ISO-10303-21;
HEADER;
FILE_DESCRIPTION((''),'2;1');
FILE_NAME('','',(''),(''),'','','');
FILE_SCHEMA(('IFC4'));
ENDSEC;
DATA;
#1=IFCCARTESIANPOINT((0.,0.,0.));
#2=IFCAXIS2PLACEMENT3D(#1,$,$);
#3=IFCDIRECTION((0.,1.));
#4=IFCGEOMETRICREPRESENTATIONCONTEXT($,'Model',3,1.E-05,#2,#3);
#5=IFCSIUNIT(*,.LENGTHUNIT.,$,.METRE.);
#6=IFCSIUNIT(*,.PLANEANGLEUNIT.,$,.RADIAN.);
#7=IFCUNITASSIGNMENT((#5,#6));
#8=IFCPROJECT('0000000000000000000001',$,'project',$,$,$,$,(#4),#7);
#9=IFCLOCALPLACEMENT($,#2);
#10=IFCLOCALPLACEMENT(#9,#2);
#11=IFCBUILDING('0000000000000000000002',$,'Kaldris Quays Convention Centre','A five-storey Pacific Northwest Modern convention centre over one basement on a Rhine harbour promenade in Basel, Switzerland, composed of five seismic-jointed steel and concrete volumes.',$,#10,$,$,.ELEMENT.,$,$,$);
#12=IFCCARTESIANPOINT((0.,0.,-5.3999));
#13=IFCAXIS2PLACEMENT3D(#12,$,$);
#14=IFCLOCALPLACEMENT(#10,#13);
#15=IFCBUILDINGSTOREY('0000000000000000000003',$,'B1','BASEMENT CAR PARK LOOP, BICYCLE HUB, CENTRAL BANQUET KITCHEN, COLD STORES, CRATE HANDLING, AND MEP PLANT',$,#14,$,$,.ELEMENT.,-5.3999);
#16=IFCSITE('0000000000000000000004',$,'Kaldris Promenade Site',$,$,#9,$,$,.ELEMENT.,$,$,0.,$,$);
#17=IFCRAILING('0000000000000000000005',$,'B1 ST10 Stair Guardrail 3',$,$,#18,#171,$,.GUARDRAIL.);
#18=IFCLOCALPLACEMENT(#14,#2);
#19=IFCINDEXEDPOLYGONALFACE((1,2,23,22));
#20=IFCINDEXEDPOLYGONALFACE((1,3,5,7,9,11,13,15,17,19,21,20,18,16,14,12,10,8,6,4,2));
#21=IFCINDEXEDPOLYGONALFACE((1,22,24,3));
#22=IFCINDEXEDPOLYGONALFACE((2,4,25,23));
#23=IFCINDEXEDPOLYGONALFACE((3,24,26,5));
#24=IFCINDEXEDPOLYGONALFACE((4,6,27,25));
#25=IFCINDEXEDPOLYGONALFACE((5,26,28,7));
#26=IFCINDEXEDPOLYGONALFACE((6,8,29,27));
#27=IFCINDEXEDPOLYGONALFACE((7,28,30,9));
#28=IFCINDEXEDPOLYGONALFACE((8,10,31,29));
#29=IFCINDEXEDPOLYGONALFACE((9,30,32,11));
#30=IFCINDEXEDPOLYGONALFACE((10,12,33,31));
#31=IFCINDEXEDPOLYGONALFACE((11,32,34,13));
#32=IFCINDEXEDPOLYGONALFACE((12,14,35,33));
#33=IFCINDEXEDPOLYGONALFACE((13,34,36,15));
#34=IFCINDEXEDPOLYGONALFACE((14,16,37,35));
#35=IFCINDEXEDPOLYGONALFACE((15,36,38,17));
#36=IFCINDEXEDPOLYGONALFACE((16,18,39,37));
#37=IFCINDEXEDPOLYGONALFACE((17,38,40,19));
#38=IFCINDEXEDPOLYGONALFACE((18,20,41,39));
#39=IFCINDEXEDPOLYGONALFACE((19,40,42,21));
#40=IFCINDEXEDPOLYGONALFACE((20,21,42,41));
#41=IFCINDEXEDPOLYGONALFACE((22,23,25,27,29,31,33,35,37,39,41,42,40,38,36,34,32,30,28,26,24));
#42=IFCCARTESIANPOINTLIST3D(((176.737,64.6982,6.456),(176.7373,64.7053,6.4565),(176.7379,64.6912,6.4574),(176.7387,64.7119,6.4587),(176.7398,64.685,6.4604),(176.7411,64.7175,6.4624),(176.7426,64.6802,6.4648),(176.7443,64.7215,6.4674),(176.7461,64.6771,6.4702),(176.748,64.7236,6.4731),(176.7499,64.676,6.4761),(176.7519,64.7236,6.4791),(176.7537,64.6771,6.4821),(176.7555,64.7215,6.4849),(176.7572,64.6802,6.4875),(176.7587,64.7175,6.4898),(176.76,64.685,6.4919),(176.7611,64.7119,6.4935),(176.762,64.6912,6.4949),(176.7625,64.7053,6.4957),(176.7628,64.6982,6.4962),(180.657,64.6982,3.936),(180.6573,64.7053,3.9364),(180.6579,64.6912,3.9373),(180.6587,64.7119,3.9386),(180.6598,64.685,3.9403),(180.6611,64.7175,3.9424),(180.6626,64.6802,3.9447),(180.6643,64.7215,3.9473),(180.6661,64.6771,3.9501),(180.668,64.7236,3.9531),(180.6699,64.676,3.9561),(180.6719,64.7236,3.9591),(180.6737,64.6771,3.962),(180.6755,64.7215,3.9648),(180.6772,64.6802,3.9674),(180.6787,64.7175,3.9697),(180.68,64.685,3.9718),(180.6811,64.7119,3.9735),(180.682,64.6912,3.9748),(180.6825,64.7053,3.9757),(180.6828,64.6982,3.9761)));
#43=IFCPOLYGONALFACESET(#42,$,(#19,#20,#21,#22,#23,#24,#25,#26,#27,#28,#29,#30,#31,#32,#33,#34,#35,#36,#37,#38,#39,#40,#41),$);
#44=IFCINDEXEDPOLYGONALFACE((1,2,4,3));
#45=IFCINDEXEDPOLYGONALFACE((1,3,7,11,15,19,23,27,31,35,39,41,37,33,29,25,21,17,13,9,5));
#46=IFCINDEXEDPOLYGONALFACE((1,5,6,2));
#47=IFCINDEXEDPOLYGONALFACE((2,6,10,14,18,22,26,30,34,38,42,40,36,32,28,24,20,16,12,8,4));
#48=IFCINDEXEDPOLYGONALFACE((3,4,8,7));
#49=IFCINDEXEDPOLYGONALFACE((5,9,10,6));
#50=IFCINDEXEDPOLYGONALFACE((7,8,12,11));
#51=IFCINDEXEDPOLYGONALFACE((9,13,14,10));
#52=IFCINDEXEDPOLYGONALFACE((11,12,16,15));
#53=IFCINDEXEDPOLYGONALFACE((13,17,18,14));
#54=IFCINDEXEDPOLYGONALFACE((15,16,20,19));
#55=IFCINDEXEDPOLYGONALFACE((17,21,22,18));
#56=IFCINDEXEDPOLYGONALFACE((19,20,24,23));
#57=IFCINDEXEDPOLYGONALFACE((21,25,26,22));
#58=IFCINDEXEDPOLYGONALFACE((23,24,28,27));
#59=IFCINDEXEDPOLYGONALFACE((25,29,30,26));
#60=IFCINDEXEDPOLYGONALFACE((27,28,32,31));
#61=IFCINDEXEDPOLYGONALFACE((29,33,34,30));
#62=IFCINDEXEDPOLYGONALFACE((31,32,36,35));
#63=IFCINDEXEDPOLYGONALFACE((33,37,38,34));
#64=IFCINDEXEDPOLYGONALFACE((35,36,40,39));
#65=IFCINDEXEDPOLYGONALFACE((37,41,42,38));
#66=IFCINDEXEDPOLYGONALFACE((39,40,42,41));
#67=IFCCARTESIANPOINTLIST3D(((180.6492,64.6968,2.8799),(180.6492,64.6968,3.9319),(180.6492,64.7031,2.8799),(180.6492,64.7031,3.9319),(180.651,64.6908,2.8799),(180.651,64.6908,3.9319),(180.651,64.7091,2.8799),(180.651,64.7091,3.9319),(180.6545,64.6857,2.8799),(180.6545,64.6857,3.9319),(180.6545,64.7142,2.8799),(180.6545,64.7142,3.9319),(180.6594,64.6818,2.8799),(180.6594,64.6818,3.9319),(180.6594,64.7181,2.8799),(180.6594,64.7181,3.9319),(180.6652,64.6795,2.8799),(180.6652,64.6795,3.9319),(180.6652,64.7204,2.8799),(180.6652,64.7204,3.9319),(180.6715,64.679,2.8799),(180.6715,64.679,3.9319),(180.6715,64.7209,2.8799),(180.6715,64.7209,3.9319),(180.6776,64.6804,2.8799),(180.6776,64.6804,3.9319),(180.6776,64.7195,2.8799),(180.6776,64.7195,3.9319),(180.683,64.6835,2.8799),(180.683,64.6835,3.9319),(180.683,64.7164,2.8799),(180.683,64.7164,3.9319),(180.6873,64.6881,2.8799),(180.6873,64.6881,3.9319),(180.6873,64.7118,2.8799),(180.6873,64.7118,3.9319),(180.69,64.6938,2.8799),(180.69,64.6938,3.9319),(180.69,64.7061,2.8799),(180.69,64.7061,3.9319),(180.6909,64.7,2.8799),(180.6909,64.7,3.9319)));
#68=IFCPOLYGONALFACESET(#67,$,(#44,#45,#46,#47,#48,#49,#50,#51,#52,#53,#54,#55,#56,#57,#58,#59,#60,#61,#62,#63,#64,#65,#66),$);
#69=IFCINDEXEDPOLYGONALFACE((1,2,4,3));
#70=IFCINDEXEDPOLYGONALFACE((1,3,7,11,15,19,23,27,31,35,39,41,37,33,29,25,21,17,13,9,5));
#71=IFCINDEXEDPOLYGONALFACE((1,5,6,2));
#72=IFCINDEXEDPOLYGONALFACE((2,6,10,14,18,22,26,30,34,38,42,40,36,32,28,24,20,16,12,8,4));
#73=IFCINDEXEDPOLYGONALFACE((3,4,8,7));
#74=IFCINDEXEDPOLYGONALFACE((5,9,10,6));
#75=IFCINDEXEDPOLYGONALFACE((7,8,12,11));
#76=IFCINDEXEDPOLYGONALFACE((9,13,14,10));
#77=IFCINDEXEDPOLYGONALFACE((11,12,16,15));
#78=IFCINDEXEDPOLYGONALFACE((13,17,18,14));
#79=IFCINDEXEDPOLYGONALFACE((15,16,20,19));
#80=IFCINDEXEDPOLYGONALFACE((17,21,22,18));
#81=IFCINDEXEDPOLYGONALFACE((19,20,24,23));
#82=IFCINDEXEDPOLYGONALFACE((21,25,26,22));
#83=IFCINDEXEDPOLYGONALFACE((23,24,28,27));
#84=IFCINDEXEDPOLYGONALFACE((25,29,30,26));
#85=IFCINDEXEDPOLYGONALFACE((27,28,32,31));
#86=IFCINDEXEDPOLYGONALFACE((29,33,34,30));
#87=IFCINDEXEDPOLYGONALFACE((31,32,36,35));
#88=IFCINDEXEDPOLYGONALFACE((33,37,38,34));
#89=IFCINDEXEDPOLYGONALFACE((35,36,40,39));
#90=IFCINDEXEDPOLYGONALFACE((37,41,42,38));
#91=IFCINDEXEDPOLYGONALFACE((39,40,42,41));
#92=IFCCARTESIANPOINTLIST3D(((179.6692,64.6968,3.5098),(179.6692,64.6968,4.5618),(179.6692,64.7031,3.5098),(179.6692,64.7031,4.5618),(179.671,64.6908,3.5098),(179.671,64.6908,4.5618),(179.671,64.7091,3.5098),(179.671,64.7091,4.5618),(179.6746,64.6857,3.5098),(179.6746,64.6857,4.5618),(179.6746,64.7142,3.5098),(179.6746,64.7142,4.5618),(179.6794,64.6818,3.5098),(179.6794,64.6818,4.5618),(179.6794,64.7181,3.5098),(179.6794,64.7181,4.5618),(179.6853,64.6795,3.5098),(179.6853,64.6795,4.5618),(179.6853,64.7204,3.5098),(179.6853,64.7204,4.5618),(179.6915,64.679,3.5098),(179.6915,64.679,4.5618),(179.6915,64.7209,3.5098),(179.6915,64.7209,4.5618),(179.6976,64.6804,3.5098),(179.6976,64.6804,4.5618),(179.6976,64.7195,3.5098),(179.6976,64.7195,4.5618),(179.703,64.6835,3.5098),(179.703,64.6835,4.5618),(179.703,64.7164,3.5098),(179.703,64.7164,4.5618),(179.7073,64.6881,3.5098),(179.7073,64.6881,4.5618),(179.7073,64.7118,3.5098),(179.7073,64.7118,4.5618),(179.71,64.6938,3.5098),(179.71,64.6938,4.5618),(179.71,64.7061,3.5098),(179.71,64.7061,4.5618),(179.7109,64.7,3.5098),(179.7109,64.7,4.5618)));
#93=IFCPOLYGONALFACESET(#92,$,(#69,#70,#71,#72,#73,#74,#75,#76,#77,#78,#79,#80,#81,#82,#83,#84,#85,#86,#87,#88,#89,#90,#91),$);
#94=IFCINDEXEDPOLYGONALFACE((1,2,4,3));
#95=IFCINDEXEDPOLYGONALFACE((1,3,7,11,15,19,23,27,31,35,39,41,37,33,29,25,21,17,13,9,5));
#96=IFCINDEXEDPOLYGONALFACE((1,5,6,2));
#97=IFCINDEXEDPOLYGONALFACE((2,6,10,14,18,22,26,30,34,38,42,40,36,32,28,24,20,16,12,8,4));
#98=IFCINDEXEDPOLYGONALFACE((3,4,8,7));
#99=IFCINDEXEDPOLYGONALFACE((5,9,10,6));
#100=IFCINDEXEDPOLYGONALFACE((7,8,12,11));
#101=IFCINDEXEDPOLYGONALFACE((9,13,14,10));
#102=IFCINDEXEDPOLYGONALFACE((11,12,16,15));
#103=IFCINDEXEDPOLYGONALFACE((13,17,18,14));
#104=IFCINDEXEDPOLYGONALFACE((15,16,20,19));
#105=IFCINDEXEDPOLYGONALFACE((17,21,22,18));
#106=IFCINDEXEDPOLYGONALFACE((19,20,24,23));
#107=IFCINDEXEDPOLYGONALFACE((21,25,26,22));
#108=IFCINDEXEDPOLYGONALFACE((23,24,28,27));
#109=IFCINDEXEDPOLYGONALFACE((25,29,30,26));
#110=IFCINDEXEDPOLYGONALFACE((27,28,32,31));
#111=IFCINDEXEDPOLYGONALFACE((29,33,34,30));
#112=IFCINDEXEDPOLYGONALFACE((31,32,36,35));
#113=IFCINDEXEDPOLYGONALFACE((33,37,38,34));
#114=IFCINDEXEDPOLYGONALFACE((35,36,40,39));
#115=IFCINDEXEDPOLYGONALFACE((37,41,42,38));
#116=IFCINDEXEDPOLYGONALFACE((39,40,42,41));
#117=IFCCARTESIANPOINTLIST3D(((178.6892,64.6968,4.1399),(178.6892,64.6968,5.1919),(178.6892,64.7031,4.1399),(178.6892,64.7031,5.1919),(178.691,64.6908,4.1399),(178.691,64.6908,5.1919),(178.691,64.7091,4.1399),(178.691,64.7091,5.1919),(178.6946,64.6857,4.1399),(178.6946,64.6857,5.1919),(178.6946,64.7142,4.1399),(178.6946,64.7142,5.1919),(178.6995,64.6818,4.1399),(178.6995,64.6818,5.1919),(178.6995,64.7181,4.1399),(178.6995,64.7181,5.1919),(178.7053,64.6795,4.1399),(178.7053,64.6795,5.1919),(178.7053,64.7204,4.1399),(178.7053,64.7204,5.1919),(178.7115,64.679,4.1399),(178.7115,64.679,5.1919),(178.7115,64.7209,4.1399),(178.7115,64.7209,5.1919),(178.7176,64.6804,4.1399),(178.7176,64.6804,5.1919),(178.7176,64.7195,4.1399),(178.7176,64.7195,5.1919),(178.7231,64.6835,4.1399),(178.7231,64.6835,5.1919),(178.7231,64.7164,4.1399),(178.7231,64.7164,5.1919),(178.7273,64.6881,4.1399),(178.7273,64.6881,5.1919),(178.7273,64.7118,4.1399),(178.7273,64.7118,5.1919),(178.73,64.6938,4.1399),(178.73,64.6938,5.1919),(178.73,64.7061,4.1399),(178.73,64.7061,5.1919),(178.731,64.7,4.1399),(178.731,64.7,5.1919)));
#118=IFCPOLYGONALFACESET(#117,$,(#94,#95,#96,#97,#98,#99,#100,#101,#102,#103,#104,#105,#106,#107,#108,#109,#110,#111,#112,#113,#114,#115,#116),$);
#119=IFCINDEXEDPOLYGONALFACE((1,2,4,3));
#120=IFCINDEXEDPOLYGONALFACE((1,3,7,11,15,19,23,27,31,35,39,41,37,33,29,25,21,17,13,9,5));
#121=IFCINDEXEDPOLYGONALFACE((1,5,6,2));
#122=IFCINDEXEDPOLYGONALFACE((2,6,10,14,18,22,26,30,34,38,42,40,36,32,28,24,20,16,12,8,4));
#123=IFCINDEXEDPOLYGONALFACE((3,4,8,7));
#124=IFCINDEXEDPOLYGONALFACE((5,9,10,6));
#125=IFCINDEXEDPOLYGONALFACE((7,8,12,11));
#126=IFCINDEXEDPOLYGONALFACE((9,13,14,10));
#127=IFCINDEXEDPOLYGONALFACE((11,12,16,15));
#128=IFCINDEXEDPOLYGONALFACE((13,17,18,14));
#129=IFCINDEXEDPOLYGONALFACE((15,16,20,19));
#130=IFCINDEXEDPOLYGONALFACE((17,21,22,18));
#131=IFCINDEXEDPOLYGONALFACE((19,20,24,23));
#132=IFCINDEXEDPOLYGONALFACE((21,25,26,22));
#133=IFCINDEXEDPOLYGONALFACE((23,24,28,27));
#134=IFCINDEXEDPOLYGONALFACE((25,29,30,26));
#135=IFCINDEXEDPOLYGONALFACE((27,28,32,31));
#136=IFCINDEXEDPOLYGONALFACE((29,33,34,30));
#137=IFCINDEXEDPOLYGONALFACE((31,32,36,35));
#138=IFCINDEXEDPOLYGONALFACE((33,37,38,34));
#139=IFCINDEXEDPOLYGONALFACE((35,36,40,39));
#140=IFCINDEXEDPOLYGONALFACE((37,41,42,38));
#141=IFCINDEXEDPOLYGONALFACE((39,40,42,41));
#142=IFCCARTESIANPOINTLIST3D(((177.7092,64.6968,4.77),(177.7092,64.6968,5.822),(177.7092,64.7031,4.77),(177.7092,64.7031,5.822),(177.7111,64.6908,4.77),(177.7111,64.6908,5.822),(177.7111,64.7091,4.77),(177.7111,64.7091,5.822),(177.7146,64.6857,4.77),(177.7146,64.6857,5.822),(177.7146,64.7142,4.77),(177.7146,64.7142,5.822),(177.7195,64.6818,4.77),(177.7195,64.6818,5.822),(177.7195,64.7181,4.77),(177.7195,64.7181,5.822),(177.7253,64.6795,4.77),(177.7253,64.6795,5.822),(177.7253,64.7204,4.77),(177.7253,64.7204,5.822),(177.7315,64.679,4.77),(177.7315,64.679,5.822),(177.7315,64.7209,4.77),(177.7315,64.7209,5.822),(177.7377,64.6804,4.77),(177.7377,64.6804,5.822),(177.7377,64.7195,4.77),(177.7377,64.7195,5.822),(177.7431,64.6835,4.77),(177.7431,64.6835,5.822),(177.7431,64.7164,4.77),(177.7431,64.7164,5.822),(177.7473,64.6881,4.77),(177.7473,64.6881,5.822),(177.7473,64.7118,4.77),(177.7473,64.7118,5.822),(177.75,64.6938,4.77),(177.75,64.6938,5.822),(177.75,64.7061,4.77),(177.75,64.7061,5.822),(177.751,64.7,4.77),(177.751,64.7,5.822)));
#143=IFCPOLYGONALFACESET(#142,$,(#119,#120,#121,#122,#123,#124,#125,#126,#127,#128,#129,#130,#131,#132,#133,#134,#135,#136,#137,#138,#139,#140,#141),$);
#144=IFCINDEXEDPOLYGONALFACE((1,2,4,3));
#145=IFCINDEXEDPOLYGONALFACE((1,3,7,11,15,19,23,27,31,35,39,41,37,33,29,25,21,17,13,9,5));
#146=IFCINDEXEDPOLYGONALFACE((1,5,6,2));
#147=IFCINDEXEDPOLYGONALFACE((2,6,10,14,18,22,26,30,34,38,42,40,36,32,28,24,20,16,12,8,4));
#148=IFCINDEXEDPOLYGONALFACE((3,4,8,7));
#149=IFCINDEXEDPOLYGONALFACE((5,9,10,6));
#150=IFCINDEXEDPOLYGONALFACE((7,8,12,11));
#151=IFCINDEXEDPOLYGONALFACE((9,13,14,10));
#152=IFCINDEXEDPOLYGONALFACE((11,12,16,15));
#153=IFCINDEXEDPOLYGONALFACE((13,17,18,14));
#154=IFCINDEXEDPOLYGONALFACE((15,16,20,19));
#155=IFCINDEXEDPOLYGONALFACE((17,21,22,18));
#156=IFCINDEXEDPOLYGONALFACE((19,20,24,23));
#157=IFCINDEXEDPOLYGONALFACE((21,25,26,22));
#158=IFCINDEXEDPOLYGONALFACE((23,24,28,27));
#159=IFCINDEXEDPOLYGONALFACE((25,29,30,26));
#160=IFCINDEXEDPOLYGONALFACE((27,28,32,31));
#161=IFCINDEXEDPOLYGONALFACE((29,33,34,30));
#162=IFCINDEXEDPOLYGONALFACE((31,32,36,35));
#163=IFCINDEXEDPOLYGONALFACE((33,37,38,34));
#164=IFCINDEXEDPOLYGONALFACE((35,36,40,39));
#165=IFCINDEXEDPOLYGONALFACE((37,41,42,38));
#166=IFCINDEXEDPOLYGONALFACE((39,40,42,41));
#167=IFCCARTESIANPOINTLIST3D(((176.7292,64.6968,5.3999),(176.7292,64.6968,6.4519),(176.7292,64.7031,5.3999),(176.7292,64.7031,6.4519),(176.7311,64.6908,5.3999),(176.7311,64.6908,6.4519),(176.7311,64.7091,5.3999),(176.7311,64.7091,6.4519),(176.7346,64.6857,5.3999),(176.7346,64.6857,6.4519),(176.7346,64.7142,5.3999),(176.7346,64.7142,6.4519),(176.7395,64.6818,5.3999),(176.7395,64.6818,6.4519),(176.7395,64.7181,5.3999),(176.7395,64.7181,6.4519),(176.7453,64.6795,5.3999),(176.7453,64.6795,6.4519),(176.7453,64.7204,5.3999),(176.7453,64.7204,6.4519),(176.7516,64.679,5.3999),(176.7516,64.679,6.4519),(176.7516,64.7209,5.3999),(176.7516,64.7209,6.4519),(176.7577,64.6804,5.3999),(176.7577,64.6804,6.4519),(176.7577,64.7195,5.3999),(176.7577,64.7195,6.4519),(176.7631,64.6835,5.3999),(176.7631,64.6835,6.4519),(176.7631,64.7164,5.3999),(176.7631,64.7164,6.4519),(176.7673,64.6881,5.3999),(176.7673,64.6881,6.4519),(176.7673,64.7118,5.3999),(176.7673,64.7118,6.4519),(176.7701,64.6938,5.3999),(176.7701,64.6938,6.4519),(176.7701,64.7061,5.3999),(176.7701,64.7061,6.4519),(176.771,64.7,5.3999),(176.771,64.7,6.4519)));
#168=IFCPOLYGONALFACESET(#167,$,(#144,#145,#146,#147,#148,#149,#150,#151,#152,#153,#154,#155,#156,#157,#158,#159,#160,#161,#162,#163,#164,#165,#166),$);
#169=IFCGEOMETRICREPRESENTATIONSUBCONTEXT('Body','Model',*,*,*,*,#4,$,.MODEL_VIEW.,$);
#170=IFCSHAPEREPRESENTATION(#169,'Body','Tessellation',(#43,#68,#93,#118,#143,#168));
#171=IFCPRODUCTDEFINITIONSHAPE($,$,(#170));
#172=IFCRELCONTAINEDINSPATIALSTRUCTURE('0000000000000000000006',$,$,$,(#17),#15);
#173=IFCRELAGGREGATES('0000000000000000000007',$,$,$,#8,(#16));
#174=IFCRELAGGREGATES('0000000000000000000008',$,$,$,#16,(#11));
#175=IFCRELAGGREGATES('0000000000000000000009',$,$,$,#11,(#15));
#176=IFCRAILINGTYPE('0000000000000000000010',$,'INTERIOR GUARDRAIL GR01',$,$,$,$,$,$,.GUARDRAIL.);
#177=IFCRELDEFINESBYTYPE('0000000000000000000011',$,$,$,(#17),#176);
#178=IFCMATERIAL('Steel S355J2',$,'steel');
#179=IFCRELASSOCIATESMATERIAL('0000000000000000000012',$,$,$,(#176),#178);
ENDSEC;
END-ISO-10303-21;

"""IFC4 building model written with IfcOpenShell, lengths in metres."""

from ifc_helpers import new_model, si_unit, direction, frame, origin, origin_2d, place, context, subcontext, project, spatial, circle, extrude, material, type_object, element, save


model = new_model("IFC4")

# Units and contexts
model_context = context("Model", 3, precision=1e-05, world=origin(), true_north=direction((0.0, 1.0)))
body_context = subcontext(model_context, "Body", "Model", "MODEL_VIEW")
ifc_project = project(units=[si_unit("LENGTHUNIT", "METRE"), si_unit("PLANEANGLEUNIT", "RADIAN")], contexts=[model_context])

# Site, building, storey
site_placement = place(None, origin())
site = spatial("IfcSite", under=ifc_project, at=site_placement, Name="Kaldris Promenade Site", CompositionType="ELEMENT", RefElevation=0.0)
building_placement = place(site_placement, origin())
building = spatial("IfcBuilding", under=site, at=building_placement, Name="Kaldris Quays Convention Centre", Description="A five-storey Pacific Northwest Modern convention centre over one basement on a Rhine harbour promenade in Basel, Switzerland, composed of five seismic-jointed steel and concrete volumes.", CompositionType="ELEMENT")
storey_placement = place(building_placement, frame((0.0, 0.0, -5.3999)))
storey = spatial("IfcBuildingStorey", under=building, at=storey_placement, Name="B1", Description="BASEMENT CAR PARK LOOP, BICYCLE HUB, CENTRAL BANQUET KITCHEN, COLD STORES, CRATE HANDLING, AND MEP PLANT", CompositionType="ELEMENT", Elevation=-5.3999)

# Shared definitions
ifc_material_1 = material(Name="Steel S355J2", Category="steel")

# Railing
railing_type_1 = type_object("IfcRailingType", Name="INTERIOR GUARDRAIL GR01", PredefinedType="GUARDRAIL", material=ifc_material_1)
railing_1_placement = place(storey_placement, frame((180.6699, 64.7, 2.8799)))
element("IfcRailing", 1, at=railing_1_placement, inside=storey, type_object=railing_type_1, Name="B1 ST10 Stair Guardrail 3", PredefinedType="GUARDRAIL", context=body_context, shape_type="SweptSolid", body=[
    extrude(circle(Radius=0.0239, at=origin_2d()), frame((0.0, 0.0, 1.0762), z_axis=(-0.841172, 0.0, 0.540768), x_axis=(0.0, -1.0, 0.0)), (0.0, 0.0, 1.0), 4.6602),
    extrude(circle(Radius=0.021, at=origin_2d()), origin(), (0.0, 0.0, 1.0), 1.052),
    extrude(circle(Radius=0.021, at=origin_2d()), frame((-0.98, 0.0, 0.6299)), (0.0, 0.0, 1.0), 1.052),
    extrude(circle(Radius=0.021, at=origin_2d()), frame((-1.96, 0.0, 1.26)), (0.0, 0.0, 1.0), 1.052),
    extrude(circle(Radius=0.021, at=origin_2d()), frame((-2.9399, 0.0, 1.8901)), (0.0, 0.0, 1.0), 1.052),
    extrude(circle(Radius=0.021, at=origin_2d()), frame((-3.9199, 0.0, 2.52)), (0.0, 0.0, 1.0), 1.052),
])

save(model, "model.ifc")
